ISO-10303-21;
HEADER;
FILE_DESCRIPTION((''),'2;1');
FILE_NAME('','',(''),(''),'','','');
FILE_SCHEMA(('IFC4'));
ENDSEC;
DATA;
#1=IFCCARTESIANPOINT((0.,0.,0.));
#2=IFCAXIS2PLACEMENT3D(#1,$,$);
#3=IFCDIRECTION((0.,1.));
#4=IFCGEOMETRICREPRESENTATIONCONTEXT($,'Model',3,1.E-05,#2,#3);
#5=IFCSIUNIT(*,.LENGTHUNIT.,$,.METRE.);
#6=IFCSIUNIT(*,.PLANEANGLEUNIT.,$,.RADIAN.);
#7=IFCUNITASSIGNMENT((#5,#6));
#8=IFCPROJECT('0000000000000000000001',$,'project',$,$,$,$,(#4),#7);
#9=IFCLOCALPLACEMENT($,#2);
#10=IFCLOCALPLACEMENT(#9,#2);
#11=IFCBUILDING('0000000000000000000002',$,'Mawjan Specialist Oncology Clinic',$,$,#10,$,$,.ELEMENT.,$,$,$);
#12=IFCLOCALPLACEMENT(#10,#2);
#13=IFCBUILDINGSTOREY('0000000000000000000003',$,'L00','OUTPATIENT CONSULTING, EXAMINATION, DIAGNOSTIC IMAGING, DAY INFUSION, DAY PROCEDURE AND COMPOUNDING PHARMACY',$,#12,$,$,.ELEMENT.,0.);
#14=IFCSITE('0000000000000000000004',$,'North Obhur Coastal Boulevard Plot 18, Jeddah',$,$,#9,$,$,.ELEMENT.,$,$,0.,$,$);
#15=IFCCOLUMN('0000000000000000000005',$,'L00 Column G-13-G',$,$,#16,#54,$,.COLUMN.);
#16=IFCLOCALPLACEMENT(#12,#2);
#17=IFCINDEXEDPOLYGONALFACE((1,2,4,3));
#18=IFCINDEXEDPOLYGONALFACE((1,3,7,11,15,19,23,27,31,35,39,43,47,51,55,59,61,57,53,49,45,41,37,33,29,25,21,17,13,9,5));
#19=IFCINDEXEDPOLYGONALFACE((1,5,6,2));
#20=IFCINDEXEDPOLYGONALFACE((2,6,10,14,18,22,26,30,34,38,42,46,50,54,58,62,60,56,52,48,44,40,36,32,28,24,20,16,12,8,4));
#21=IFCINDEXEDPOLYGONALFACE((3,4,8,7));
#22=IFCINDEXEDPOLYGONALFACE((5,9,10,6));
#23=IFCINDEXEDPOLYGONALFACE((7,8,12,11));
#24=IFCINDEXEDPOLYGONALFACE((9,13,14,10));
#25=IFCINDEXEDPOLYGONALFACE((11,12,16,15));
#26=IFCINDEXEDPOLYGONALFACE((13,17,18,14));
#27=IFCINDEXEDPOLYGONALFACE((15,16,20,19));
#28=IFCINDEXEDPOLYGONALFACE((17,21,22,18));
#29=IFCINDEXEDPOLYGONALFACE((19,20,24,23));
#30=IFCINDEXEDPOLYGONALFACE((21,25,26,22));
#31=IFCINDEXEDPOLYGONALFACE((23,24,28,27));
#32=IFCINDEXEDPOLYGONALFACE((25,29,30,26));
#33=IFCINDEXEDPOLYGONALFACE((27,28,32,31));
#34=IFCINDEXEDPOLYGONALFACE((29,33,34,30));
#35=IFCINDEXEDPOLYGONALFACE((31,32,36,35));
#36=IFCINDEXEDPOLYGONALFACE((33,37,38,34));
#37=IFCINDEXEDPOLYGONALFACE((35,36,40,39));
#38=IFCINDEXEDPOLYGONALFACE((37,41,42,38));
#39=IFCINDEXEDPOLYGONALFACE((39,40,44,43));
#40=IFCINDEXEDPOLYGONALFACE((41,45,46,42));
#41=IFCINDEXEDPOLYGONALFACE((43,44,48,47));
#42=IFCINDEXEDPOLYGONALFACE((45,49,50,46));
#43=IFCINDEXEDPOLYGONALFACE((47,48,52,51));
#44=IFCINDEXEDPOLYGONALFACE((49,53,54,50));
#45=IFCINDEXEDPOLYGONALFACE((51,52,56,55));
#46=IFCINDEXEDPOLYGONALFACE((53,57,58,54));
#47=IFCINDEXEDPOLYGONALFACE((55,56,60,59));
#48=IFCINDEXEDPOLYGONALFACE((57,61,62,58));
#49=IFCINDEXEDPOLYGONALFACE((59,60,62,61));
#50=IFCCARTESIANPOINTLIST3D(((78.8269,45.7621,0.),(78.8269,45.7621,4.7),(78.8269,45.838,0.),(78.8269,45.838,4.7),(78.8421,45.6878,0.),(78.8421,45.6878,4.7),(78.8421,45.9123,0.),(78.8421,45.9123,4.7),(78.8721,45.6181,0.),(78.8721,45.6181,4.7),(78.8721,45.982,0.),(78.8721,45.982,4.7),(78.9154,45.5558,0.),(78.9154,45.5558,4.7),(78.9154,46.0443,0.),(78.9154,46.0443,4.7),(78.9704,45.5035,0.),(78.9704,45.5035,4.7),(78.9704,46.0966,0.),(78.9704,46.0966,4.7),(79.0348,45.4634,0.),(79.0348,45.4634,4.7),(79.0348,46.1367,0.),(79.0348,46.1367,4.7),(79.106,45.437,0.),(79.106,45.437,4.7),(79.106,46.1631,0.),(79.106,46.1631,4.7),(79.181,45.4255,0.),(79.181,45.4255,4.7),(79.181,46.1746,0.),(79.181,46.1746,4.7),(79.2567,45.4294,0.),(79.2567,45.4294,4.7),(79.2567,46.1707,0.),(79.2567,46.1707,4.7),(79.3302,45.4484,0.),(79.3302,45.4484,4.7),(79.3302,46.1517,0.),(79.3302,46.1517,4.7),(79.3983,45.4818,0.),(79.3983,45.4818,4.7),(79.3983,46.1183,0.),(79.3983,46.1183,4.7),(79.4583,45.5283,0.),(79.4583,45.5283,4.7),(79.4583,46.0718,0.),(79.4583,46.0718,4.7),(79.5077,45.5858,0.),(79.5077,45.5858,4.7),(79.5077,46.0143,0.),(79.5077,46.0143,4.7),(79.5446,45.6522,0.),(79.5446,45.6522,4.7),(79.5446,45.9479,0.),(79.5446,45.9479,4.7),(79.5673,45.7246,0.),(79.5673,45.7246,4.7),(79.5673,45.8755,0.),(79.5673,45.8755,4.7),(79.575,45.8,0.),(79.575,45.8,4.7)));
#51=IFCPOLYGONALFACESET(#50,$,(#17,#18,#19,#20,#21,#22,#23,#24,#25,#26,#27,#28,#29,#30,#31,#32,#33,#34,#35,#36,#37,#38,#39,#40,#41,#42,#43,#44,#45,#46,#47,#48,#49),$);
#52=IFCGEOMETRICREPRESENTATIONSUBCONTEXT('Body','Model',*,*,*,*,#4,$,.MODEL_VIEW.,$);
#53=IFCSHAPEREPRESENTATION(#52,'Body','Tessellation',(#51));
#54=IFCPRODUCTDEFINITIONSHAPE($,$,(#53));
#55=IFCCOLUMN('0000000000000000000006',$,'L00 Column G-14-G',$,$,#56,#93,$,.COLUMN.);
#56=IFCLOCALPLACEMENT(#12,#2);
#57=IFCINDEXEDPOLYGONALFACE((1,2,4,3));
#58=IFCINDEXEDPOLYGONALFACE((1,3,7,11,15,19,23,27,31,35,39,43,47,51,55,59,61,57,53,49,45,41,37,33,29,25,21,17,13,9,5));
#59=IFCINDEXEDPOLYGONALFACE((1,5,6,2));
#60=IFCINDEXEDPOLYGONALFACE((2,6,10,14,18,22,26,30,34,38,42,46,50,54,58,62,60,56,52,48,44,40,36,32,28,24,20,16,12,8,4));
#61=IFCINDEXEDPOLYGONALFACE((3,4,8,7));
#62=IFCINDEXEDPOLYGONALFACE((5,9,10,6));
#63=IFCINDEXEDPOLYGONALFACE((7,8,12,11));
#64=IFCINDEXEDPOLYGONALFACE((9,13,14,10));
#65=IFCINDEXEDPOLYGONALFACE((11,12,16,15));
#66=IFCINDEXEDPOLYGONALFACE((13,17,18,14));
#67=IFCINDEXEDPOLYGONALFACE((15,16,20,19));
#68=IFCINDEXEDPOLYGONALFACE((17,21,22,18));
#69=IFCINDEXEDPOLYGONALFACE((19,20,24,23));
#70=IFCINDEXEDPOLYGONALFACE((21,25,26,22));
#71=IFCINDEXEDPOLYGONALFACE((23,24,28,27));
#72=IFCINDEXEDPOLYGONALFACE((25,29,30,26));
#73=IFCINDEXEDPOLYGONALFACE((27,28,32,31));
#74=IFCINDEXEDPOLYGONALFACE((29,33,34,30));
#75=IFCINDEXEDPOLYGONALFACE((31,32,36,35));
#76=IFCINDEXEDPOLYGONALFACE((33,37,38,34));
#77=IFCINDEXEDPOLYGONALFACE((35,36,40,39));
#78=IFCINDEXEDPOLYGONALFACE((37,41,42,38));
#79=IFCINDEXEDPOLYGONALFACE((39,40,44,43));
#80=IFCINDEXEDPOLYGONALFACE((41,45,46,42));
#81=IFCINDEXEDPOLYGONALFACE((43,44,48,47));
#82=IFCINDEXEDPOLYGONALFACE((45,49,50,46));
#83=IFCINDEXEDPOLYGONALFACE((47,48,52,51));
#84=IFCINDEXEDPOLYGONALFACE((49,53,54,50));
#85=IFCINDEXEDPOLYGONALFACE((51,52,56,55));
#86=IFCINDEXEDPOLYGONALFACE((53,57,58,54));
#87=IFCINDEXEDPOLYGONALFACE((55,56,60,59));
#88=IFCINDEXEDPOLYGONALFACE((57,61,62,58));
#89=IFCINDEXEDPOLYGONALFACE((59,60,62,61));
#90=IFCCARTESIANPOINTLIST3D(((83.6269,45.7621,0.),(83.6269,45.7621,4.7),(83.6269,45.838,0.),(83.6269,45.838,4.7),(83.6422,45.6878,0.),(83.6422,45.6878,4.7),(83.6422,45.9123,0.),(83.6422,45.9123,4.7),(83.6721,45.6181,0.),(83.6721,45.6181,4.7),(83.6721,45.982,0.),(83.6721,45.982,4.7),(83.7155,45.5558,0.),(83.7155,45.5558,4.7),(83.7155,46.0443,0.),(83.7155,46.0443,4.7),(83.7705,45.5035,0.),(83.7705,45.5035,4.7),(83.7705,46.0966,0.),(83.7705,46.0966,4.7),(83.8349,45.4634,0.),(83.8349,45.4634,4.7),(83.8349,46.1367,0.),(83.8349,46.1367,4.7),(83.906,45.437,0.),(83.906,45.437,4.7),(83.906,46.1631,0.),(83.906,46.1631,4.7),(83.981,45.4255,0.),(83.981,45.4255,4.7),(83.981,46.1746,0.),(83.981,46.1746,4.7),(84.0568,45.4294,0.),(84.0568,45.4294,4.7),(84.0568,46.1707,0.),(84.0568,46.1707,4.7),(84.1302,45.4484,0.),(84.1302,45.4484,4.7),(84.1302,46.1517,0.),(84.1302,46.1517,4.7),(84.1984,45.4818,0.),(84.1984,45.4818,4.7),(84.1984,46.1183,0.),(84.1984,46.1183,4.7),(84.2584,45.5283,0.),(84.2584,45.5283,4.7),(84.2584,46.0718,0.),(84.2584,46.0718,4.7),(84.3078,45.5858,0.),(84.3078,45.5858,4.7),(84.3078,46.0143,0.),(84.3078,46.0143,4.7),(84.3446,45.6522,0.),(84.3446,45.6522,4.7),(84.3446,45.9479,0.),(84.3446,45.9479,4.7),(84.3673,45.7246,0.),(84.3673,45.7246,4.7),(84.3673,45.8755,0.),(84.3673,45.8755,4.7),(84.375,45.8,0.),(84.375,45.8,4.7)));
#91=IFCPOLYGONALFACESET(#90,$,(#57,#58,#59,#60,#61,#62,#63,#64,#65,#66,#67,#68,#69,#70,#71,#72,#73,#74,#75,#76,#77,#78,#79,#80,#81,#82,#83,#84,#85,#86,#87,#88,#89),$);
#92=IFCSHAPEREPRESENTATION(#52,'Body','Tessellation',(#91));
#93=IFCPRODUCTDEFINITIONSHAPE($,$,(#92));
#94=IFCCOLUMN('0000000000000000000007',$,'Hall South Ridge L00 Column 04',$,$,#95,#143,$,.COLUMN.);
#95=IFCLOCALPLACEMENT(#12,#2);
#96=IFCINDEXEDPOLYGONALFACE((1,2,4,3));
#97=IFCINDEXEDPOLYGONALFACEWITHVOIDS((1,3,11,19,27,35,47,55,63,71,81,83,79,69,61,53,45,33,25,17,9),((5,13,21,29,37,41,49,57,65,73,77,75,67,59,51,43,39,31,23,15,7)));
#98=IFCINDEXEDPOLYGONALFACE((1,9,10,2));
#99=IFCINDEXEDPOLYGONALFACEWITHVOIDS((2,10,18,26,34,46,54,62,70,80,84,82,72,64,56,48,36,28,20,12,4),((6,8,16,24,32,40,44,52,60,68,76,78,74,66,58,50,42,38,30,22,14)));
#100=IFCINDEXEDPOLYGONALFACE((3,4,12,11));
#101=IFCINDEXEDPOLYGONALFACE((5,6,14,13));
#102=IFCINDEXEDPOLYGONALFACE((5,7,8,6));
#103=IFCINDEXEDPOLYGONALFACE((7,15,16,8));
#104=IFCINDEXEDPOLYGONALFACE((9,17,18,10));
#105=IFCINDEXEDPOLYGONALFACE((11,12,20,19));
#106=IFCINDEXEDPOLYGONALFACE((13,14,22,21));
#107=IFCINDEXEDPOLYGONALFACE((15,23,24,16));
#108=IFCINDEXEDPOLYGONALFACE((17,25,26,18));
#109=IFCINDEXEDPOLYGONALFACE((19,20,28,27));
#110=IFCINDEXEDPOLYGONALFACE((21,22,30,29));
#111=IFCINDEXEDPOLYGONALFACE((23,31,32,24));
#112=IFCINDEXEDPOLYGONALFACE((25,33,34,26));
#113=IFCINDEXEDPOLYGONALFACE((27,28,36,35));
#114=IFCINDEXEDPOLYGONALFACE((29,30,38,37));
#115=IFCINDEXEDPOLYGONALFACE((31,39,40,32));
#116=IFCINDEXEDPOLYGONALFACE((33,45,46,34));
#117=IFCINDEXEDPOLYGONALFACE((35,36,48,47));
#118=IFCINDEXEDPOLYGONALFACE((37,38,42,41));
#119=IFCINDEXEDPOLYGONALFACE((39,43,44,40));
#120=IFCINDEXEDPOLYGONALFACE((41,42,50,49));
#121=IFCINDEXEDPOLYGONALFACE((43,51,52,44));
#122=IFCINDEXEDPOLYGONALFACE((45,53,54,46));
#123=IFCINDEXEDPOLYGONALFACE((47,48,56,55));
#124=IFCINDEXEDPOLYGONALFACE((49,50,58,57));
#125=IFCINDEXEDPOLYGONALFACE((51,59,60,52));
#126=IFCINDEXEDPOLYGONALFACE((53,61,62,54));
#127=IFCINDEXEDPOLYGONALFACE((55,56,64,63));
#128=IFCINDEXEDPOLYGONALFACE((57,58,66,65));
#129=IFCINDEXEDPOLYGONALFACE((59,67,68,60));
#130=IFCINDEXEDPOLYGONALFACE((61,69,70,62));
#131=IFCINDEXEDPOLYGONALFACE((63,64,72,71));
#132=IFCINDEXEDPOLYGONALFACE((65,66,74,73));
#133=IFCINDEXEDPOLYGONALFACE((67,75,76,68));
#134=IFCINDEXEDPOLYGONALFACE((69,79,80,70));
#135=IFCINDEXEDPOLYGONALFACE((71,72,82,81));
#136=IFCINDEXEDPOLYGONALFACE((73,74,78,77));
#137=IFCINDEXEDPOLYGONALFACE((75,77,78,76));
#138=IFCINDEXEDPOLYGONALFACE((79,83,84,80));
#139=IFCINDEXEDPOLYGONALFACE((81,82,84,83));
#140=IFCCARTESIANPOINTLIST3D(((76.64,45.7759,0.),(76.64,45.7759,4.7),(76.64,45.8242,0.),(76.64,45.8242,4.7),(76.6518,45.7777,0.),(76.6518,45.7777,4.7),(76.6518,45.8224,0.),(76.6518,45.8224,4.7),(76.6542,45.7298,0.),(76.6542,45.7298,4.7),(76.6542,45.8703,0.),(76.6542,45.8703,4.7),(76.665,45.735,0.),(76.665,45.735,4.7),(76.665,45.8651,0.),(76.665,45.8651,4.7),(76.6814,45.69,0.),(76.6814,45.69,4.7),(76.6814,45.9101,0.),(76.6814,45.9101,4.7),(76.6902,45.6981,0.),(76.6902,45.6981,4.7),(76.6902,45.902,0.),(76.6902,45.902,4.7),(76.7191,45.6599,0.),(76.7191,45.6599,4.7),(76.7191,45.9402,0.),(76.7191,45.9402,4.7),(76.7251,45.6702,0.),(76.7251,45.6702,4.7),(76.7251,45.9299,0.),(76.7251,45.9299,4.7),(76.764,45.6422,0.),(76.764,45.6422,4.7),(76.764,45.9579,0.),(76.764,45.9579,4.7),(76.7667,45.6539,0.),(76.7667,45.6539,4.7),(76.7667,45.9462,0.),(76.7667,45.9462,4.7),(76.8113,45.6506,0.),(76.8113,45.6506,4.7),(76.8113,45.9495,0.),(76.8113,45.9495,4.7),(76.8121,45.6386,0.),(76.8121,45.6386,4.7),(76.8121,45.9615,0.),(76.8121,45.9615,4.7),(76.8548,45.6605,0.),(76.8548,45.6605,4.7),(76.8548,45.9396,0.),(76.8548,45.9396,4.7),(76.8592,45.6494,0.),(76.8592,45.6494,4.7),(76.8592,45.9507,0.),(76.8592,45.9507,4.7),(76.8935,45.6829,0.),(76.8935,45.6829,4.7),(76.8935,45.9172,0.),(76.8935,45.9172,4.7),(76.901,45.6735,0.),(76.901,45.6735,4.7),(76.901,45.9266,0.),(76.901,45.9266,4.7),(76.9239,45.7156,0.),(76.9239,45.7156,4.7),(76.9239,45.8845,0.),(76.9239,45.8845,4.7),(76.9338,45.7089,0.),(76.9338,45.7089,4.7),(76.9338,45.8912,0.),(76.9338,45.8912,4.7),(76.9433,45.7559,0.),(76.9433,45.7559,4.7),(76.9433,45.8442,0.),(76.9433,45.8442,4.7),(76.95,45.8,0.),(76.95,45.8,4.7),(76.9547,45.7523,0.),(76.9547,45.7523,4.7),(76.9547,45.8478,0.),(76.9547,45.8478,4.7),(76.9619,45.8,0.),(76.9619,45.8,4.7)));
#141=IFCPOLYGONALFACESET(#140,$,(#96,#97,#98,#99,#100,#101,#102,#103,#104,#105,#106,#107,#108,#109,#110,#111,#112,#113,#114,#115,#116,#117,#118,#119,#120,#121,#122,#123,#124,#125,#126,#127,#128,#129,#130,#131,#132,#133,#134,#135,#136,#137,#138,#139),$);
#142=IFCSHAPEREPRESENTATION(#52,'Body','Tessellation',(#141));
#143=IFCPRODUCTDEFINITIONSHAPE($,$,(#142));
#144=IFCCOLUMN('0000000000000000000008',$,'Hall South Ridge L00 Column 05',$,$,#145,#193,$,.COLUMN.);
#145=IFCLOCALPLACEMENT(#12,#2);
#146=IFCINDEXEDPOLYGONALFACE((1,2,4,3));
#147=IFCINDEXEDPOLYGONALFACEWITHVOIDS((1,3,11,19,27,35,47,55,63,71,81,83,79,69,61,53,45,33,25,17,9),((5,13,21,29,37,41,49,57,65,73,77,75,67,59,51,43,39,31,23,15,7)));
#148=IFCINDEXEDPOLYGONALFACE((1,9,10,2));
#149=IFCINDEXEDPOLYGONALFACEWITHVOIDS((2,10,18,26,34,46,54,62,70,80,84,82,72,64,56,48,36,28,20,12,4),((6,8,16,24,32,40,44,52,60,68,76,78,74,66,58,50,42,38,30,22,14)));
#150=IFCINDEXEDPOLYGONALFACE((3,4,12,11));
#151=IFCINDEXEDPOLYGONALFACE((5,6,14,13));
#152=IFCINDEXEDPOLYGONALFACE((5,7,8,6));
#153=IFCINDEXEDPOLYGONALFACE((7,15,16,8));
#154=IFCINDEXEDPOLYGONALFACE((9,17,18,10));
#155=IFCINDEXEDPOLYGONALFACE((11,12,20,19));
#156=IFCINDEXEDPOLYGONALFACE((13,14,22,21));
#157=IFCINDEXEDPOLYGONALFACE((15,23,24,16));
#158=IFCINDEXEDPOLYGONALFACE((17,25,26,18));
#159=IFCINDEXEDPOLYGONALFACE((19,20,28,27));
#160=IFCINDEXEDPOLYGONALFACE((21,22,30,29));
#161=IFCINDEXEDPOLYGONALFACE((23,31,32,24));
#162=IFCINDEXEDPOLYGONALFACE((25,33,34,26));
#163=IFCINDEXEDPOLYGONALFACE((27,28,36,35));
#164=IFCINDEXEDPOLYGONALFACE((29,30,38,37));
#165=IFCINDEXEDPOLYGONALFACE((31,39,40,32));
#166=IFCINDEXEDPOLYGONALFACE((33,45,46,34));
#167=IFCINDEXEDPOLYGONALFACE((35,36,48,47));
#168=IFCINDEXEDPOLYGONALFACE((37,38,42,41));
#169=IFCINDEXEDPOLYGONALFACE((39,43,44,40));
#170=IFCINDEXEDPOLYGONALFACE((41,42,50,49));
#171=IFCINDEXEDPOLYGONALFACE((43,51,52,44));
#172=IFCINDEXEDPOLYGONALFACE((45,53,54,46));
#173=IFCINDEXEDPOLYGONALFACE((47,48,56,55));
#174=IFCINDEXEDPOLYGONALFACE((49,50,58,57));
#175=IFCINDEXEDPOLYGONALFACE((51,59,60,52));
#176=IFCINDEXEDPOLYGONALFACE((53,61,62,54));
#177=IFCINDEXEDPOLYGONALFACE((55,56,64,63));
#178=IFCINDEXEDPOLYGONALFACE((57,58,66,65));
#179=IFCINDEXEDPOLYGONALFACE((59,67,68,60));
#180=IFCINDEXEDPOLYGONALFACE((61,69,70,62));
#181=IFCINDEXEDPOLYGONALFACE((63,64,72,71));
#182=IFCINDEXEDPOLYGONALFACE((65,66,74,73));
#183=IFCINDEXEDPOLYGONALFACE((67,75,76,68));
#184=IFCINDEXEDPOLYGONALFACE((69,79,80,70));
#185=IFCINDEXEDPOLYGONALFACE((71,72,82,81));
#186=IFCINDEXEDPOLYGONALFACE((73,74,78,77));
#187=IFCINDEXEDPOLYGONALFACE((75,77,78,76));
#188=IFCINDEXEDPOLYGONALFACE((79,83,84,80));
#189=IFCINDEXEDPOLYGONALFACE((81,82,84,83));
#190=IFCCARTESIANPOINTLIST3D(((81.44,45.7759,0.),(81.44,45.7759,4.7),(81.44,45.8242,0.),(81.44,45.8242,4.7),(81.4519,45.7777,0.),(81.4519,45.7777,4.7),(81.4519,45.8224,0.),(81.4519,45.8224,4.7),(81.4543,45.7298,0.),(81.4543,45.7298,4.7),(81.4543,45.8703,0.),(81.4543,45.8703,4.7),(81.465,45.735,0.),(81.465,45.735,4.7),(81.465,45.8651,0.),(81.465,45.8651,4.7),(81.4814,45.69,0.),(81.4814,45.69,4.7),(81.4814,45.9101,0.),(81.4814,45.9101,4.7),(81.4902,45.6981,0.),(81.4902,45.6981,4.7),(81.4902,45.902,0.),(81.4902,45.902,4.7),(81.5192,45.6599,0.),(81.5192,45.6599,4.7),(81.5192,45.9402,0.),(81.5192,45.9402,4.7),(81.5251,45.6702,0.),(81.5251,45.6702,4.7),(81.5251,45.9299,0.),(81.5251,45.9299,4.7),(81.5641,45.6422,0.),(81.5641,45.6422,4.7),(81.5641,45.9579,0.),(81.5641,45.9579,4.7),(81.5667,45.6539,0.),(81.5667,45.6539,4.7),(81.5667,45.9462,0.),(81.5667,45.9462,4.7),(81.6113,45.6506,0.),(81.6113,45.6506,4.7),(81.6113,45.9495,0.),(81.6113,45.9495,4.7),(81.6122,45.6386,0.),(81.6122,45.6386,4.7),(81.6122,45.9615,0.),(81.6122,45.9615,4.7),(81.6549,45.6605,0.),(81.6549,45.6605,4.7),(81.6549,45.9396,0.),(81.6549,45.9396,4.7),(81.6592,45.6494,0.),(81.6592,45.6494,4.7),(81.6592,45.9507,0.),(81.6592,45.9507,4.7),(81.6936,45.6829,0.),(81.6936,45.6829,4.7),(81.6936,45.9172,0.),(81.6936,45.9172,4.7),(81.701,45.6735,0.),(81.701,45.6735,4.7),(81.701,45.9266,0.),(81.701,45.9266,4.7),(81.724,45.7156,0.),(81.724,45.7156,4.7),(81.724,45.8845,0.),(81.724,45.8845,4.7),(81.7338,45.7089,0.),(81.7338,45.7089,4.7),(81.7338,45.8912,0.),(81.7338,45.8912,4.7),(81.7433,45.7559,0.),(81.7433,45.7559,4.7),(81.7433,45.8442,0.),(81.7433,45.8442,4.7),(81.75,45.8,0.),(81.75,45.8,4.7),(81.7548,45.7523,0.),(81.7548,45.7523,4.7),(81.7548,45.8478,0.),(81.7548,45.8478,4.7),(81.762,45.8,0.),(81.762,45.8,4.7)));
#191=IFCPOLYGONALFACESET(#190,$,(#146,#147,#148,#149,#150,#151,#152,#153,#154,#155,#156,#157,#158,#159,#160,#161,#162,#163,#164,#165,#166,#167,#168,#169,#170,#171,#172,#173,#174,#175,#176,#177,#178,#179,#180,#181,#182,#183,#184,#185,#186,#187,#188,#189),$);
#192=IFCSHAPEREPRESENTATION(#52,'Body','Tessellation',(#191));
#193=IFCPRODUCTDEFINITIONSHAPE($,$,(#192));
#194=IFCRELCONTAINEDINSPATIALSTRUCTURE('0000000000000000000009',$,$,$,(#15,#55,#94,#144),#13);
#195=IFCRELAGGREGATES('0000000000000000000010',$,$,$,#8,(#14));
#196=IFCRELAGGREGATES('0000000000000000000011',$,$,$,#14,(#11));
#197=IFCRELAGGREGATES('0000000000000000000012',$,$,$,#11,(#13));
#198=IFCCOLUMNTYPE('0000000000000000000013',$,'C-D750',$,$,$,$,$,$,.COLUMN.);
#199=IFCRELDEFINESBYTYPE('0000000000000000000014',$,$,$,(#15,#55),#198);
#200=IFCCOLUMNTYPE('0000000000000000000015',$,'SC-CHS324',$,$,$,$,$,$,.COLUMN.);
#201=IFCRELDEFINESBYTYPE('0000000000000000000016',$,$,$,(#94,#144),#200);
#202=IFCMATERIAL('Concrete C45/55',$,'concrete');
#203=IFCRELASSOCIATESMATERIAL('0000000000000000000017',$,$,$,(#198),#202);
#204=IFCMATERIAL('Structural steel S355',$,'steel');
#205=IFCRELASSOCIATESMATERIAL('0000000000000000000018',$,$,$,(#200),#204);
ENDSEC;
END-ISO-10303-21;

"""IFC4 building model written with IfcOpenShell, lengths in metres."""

from ifc_helpers import new_model, si_unit, direction, frame, origin, origin_2d, place, context, subcontext, project, spatial, circle, hollow_circle, extrude, material, material_profile, profile_set, type_object, element, save


model = new_model("IFC4")

# Units and contexts
model_context = context("Model", 3, precision=1e-05, world=origin(), true_north=direction((0.0, 1.0)))
body_context = subcontext(model_context, "Body", "Model", "MODEL_VIEW")
ifc_project = project(units=[si_unit("LENGTHUNIT", "METRE"), si_unit("PLANEANGLEUNIT", "RADIAN")], contexts=[model_context])

# Site, building, storey
site_placement = place(None, origin())
site = spatial("IfcSite", under=ifc_project, at=site_placement, Name="North Obhur Coastal Boulevard Plot 18, Jeddah", CompositionType="ELEMENT", RefElevation=0.0)
building_placement = place(site_placement, origin())
building = spatial("IfcBuilding", under=site, at=building_placement, Name="Mawjan Specialist Oncology Clinic", CompositionType="ELEMENT")
storey_placement = place(building_placement, origin())
storey = spatial("IfcBuildingStorey", under=building, at=storey_placement, Name="L00", Description="OUTPATIENT CONSULTING, EXAMINATION, DIAGNOSTIC IMAGING, DAY INFUSION, DAY PROCEDURE AND COMPOUNDING PHARMACY", CompositionType="ELEMENT", Elevation=0.0)

# Columns
ifc_material_1 = material(Name="Concrete C45/55", Category="concrete")
ifc_material_profile_1 = material_profile(ifc_material_1, circle(Radius=0.375, at=origin_2d()), Name="RC COL D750", Category="concrete")
ifc_profile_set_1 = profile_set([ifc_material_profile_1], Name="Concrete C45/55")
column_type_1 = type_object("IfcColumnType", Name="C-D750", PredefinedType="COLUMN", material=ifc_profile_set_1)
for number, where, z_axis, x_axis, name in (
    (1, (79.2, 45.8, 0.0), (0.0, 0.0, 1.0), (1.0, 0.0, 0.0), "L00 Column G-13-G"),
    (2, (84.0, 45.8, 0.0), (0.0, 0.0, 1.0), (1.0, 0.0, 0.0), "L00 Column G-14-G"),
):
    element("IfcColumn", number, at=place(storey_placement, frame(where, z_axis=z_axis, x_axis=x_axis)), inside=storey, type_object=column_type_1, Name=name, PredefinedType="COLUMN", context=body_context, shape_type="SweptSolid", body=[
        extrude(circle(Radius=0.375, at=origin_2d()), origin(), (0.0, 0.0, 1.0), 4.7),
    ])
ifc_material_2 = material(Name="Structural steel S355", Category="steel")
ifc_material_profile_2 = material_profile(ifc_material_2, hollow_circle(Radius=0.1619, WallThickness=0.012, at=origin_2d()), Name="CHS 323.9x12", Category="steel")
ifc_profile_set_2 = profile_set([ifc_material_profile_2], Name="Structural steel S355")
column_type_2 = type_object("IfcColumnType", Name="SC-CHS324", PredefinedType="COLUMN", material=ifc_profile_set_2)
for number, where, z_axis, x_axis, name in (
    (3, (76.8, 45.8, 0.0), (0.0, 0.0, 1.0), (1.0, 0.0, 0.0), "Hall South Ridge L00 Column 04"),
    (4, (81.6001, 45.8, 0.0), (0.0, 0.0, 1.0), (1.0, 0.0, 0.0), "Hall South Ridge L00 Column 05"),
):
    element("IfcColumn", number, at=place(storey_placement, frame(where, z_axis=z_axis, x_axis=x_axis)), inside=storey, type_object=column_type_2, Name=name, PredefinedType="COLUMN", context=body_context, shape_type="SweptSolid", body=[
        extrude(hollow_circle(Radius=0.1619, WallThickness=0.012, at=origin_2d()), origin(), (0.0, 0.0, 1.0), 4.7),
    ])

save(model, "model.ifc")
